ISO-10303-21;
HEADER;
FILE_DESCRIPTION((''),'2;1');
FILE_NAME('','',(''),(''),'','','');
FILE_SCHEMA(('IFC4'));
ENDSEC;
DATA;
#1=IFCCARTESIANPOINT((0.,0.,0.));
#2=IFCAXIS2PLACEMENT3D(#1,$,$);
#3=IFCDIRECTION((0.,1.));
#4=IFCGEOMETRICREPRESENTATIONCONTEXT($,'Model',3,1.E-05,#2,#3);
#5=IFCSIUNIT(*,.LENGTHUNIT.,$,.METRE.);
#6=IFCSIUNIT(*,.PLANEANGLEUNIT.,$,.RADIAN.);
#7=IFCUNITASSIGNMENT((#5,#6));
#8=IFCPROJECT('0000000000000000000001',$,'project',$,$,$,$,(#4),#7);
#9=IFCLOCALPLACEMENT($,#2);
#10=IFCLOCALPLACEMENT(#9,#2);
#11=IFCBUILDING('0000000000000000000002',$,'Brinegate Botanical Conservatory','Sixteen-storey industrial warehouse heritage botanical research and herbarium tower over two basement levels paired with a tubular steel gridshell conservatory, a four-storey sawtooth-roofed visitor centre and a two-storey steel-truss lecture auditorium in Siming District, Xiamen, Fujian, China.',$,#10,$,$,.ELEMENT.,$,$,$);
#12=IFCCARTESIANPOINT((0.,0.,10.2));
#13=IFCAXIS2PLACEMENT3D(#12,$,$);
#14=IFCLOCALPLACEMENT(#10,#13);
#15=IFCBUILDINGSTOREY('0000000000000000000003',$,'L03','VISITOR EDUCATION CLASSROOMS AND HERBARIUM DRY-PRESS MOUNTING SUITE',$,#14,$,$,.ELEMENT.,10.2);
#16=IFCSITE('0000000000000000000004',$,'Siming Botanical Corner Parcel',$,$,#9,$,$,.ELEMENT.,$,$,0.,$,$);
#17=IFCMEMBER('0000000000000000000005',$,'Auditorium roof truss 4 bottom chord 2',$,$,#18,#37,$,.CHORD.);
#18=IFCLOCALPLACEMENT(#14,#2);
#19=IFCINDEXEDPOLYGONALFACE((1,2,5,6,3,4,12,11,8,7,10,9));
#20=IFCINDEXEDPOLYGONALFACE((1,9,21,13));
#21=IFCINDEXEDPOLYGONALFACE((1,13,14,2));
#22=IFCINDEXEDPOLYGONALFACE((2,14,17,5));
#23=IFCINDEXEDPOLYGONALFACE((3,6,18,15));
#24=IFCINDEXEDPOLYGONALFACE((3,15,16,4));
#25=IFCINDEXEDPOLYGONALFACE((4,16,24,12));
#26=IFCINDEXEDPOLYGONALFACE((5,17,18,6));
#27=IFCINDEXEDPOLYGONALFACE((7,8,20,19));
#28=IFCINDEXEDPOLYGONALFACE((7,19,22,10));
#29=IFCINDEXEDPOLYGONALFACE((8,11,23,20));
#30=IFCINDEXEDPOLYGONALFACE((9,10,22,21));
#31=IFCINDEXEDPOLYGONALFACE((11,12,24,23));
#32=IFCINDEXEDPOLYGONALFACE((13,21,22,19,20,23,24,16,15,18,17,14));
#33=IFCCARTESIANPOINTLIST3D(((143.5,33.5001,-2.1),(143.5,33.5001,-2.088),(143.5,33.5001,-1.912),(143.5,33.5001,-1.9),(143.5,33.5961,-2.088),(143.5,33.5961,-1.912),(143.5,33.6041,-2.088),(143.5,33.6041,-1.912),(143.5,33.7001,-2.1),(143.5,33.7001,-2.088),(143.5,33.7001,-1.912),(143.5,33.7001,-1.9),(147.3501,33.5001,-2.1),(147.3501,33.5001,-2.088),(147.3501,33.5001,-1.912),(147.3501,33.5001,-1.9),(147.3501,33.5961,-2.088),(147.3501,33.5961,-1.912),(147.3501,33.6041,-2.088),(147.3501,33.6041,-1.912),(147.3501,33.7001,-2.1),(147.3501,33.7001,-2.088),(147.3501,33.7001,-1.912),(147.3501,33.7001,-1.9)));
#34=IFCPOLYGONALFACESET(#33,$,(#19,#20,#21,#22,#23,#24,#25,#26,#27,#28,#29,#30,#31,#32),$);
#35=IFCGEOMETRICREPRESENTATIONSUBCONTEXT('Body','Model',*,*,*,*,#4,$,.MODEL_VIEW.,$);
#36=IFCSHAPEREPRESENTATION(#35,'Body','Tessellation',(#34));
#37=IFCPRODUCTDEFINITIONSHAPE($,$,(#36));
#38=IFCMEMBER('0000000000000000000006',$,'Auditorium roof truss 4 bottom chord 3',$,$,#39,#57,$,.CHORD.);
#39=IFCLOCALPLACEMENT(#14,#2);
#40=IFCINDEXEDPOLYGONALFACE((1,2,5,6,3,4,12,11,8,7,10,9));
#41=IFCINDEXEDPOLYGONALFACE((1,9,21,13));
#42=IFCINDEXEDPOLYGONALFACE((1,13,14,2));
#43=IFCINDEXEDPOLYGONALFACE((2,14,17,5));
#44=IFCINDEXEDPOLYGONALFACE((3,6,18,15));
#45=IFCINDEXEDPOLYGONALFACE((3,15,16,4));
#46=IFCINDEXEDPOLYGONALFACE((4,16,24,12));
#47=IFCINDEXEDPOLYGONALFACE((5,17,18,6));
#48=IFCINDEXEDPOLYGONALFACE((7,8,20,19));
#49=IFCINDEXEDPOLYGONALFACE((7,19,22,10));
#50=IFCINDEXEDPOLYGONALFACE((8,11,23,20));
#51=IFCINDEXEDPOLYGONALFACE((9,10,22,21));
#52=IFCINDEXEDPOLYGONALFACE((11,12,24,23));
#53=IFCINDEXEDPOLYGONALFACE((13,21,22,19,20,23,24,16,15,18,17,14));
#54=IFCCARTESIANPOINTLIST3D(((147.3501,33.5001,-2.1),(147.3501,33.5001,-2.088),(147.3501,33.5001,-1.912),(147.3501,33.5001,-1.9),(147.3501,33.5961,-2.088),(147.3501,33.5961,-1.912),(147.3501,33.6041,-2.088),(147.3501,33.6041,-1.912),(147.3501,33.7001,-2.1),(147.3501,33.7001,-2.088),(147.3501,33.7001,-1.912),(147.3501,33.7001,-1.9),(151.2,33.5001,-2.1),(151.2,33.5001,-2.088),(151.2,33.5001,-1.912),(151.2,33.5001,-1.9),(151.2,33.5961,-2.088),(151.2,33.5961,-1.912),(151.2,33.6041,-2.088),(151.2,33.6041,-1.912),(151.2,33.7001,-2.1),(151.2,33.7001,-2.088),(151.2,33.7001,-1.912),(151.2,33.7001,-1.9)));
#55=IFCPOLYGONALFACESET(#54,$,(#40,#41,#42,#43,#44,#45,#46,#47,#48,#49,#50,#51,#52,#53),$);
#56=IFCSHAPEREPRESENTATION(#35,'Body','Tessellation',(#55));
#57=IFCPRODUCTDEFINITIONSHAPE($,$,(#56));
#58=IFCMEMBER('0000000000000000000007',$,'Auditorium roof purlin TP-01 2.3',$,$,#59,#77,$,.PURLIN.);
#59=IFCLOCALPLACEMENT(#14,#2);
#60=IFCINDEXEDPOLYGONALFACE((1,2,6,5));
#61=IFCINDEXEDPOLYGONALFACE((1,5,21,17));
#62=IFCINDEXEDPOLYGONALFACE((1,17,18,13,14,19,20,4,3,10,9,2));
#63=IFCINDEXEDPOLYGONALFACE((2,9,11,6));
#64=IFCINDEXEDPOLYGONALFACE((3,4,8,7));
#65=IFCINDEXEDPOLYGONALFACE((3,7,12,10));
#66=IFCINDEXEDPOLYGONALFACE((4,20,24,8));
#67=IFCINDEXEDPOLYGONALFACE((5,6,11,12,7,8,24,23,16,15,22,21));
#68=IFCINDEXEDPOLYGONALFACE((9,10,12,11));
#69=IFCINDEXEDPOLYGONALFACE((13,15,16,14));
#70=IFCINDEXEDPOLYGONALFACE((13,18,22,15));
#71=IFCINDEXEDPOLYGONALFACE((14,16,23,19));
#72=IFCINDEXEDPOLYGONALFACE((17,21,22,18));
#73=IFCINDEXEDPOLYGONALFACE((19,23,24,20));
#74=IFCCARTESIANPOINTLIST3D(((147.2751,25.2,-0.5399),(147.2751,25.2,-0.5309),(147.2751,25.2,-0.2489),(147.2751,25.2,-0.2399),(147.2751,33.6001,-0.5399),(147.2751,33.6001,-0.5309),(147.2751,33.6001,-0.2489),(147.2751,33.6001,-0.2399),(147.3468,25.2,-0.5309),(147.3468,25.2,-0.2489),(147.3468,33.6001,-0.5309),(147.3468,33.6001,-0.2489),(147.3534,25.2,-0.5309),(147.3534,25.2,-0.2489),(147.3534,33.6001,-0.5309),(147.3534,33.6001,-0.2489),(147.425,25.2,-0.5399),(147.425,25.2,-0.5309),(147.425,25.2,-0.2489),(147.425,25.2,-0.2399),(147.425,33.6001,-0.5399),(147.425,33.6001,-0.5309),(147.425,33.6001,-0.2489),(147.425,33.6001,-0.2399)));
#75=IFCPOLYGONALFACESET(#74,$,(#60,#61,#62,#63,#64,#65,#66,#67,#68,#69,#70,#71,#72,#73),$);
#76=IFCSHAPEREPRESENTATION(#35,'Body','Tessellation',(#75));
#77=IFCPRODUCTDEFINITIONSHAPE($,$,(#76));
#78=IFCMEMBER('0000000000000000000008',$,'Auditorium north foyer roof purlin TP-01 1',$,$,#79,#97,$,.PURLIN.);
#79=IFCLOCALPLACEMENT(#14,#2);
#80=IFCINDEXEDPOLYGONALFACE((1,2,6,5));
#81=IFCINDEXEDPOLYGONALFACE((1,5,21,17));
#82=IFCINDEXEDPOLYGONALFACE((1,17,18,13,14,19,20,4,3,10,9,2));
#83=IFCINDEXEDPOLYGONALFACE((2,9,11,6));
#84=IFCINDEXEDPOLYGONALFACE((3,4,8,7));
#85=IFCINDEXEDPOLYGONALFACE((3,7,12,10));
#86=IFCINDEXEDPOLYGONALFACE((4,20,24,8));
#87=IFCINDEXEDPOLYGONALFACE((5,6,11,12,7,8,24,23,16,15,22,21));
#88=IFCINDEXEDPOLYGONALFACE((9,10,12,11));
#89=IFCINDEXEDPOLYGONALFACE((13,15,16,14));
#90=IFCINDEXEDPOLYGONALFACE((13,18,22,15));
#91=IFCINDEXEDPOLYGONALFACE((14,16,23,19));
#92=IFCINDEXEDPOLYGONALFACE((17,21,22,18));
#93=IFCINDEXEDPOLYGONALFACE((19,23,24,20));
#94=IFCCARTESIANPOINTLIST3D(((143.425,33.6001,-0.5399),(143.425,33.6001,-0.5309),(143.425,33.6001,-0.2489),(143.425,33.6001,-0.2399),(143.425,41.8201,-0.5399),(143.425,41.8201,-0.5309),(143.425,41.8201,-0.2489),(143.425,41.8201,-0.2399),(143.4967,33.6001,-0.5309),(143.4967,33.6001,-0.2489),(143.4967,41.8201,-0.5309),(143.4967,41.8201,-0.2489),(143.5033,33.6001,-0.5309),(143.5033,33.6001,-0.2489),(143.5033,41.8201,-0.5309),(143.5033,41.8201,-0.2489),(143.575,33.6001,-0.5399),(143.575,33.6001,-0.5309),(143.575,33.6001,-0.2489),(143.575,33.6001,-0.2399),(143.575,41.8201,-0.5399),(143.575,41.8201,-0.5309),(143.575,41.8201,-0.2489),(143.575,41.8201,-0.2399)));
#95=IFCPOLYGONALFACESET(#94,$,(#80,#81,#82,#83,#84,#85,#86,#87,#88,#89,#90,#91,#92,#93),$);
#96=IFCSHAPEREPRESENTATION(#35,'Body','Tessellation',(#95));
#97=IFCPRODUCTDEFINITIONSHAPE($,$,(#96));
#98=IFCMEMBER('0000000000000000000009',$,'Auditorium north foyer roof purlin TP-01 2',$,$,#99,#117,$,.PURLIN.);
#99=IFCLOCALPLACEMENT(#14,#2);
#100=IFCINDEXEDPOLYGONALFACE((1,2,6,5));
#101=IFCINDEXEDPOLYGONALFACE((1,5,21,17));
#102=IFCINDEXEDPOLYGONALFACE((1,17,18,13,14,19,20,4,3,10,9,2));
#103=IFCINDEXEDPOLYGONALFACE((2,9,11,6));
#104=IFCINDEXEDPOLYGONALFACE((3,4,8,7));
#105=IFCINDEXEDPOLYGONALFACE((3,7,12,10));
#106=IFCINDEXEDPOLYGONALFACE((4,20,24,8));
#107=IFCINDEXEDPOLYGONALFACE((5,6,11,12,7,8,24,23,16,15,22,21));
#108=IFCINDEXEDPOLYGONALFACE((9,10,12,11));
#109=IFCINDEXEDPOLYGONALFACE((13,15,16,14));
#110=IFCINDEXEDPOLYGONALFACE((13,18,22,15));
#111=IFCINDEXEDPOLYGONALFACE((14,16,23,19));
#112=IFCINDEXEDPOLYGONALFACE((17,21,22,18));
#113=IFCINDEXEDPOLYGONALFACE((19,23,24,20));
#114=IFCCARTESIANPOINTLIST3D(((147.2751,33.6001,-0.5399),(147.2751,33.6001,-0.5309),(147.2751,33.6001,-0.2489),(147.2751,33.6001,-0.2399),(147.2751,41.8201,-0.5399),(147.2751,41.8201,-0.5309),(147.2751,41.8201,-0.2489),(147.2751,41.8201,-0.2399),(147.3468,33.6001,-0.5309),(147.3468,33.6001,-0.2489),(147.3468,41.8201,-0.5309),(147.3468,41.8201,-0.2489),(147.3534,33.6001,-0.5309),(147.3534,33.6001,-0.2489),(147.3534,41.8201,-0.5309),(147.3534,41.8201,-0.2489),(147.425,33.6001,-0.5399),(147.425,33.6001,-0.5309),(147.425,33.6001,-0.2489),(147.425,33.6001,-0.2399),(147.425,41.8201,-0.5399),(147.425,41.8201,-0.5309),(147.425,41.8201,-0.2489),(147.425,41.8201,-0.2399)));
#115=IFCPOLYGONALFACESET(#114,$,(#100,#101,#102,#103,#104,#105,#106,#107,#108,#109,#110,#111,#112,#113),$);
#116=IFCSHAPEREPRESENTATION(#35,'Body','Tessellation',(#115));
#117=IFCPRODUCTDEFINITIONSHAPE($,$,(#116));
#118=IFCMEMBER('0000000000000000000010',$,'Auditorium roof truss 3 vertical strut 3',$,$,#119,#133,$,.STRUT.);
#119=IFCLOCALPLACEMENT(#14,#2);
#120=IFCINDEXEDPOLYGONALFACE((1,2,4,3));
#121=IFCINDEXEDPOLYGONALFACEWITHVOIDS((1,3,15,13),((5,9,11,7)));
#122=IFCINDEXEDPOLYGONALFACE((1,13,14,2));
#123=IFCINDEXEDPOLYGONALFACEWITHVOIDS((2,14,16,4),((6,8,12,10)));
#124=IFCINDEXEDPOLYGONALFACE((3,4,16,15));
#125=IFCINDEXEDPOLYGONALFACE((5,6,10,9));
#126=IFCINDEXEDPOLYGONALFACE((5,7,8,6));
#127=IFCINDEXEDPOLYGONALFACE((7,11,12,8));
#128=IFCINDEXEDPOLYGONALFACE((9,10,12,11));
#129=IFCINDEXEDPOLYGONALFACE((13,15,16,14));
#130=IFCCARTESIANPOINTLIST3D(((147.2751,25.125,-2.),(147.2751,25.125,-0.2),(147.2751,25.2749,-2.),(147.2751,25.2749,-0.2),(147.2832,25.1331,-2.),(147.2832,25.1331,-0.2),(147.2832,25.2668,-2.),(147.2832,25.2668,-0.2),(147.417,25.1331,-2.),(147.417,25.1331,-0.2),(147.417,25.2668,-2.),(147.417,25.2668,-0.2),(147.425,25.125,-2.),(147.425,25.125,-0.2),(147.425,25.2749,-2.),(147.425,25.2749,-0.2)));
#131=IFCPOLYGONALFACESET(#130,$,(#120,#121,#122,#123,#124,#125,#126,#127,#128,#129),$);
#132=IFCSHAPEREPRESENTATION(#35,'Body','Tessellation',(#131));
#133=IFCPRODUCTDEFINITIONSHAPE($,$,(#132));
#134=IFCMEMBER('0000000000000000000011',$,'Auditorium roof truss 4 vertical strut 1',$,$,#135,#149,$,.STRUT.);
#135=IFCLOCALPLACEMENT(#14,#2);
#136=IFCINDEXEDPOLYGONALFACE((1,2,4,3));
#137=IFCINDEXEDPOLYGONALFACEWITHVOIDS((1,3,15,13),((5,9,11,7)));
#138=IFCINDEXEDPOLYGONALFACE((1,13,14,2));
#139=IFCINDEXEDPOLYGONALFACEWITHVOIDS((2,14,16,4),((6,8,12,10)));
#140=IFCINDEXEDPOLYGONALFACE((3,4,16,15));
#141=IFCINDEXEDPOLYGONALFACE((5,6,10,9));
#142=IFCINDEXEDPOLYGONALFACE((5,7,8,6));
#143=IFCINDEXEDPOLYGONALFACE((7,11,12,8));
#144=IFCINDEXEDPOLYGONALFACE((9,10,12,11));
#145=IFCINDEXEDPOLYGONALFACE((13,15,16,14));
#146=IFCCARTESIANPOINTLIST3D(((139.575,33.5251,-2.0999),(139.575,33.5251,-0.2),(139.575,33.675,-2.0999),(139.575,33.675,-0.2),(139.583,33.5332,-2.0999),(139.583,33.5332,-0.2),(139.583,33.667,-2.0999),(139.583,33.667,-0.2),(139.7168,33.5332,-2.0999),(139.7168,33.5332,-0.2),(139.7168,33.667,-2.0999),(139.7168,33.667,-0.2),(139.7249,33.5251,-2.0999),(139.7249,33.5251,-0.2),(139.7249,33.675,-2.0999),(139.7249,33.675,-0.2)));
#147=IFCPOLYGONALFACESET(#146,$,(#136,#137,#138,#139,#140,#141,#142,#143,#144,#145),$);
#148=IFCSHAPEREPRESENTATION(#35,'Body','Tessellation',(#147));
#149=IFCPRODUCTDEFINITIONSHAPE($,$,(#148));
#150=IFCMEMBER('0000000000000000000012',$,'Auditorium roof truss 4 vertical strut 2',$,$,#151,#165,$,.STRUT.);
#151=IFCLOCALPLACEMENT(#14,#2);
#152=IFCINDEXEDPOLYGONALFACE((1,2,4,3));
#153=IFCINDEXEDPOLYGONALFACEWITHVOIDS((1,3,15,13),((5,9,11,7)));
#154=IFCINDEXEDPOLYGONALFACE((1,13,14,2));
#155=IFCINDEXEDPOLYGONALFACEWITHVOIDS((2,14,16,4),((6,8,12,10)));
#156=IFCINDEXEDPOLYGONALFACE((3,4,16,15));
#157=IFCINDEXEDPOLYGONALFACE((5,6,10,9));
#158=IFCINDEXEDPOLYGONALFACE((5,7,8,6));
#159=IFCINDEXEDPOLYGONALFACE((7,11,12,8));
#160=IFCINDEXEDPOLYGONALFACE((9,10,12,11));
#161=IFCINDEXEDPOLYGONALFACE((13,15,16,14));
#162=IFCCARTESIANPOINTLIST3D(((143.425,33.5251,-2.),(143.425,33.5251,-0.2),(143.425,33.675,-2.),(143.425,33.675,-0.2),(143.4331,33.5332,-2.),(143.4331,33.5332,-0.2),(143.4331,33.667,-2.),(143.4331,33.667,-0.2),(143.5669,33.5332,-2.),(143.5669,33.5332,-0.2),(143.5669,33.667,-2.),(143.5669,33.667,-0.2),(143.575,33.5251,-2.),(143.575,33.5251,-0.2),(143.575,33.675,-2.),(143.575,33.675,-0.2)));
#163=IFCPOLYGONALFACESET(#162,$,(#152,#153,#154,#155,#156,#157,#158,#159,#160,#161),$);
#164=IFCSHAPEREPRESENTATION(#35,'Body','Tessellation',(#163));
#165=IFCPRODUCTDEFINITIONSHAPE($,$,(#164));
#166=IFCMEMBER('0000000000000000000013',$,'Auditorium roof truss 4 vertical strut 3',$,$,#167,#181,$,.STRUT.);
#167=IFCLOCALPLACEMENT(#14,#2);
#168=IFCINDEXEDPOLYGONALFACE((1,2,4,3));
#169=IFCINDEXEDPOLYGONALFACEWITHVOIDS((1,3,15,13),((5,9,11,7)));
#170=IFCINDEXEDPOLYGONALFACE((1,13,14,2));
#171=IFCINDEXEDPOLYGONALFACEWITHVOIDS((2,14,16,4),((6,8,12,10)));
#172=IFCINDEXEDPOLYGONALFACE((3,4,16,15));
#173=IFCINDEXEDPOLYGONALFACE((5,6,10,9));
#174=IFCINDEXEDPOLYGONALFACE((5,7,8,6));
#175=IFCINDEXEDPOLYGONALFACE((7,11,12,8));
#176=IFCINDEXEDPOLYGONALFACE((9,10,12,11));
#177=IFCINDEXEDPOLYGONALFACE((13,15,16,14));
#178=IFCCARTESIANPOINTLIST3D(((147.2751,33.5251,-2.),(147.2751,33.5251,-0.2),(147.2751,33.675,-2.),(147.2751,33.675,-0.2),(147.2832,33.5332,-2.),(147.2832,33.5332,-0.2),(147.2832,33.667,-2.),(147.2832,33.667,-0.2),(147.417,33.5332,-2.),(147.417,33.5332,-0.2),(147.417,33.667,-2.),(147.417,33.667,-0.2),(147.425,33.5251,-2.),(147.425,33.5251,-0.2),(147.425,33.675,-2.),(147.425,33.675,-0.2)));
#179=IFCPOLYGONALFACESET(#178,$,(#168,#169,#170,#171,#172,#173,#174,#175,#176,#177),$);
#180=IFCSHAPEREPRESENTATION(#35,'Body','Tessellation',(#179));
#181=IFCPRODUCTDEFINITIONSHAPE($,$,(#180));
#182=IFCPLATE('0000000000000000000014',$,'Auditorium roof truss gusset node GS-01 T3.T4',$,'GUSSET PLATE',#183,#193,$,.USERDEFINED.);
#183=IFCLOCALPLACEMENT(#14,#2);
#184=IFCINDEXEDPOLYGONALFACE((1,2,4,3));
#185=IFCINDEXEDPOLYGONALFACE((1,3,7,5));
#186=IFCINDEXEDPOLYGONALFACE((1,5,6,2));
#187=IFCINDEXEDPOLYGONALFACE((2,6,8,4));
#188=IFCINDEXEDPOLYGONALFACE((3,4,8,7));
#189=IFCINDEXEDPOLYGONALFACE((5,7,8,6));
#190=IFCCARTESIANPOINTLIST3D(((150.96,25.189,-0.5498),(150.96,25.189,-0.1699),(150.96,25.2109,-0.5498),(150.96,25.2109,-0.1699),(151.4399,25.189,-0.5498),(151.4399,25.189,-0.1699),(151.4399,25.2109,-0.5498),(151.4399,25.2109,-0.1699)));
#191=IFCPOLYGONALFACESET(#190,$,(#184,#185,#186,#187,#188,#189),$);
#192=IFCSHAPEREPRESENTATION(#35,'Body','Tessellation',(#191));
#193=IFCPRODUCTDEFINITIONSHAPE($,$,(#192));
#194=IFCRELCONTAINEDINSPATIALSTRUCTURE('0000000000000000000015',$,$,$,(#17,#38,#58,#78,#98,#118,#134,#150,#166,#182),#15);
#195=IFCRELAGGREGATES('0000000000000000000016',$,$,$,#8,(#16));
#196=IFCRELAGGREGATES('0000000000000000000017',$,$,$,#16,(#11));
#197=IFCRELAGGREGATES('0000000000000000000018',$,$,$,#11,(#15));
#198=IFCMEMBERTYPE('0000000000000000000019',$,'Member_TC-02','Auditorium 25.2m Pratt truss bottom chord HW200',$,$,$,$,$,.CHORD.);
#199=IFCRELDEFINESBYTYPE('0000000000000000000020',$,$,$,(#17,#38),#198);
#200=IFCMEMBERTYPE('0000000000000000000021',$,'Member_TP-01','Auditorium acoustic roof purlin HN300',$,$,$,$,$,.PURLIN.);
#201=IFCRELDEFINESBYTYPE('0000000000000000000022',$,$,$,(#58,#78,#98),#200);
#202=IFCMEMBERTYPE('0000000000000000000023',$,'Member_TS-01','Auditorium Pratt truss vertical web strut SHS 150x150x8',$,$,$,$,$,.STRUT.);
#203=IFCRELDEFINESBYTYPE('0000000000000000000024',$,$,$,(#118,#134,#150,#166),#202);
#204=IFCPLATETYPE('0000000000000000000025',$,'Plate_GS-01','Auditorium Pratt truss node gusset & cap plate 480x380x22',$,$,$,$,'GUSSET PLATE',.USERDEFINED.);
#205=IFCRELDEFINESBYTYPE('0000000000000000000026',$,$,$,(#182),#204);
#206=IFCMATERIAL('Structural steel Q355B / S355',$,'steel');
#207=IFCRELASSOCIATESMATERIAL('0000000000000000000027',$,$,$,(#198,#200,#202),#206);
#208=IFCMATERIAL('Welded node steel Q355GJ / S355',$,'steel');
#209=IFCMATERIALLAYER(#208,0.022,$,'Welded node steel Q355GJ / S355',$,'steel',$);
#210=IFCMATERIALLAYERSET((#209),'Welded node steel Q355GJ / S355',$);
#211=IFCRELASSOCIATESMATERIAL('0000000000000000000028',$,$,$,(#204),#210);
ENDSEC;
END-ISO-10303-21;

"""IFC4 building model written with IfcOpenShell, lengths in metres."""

from ifc_helpers import new_model, si_unit, direction, frame, origin, origin_2d, place, context, subcontext, project, spatial, rectangle, hollow_rectangle, i_section, extrude, material, layer, layer_set, material_profile, profile_set, type_object, element, save


model = new_model("IFC4")

# Units and contexts
model_context = context("Model", 3, precision=1e-05, world=origin(), true_north=direction((0.0, 1.0)))
body_context = subcontext(model_context, "Body", "Model", "MODEL_VIEW")
ifc_project = project(units=[si_unit("LENGTHUNIT", "METRE"), si_unit("PLANEANGLEUNIT", "RADIAN")], contexts=[model_context])

# Site, building, storey
site_placement = place(None, origin())
site = spatial("IfcSite", under=ifc_project, at=site_placement, Name="Siming Botanical Corner Parcel", CompositionType="ELEMENT", RefElevation=0.0)
building_placement = place(site_placement, origin())
building = spatial("IfcBuilding", under=site, at=building_placement, Name="Brinegate Botanical Conservatory", Description="Sixteen-storey industrial warehouse heritage botanical research and herbarium tower over two basement levels paired with a tubular steel gridshell conservatory, a four-storey sawtooth-roofed visitor centre and a two-storey steel-truss lecture auditorium in Siming District, Xiamen, Fujian, China.", CompositionType="ELEMENT")
storey_placement = place(building_placement, frame((0.0, 0.0, 10.2)))
storey = spatial("IfcBuildingStorey", under=building, at=storey_placement, Name="L03", Description="VISITOR EDUCATION CLASSROOMS AND HERBARIUM DRY-PRESS MOUNTING SUITE", CompositionType="ELEMENT", Elevation=10.2)

# Members
ifc_material_1 = material(Name="Structural steel Q355B / S355", Category="steel")
ifc_material_profile_1 = material_profile(ifc_material_1, i_section(OverallWidth=0.2, OverallDepth=0.2, WebThickness=0.0081, FlangeThickness=0.012, at=origin_2d()), Name="HW 200x200x8x12")
ifc_profile_set_1 = profile_set([ifc_material_profile_1], Name="Structural steel Q355B / S355")
member_type_1 = type_object("IfcMemberType", Name="Member_TC-02", Description="Auditorium 25.2m Pratt truss bottom chord HW200", PredefinedType="CHORD", material=ifc_profile_set_1)
for number, where, z_axis, x_axis, name in (
    (1, (143.5, 33.6001, -2.0), (1.0, 0.0, 0.0), (0.0, 1.0, 0.0), "Auditorium roof truss 4 bottom chord 2"),
):
    element("IfcMember", number, at=place(storey_placement, frame(where, z_axis=z_axis, x_axis=x_axis)), inside=storey, type_object=member_type_1, Name=name, PredefinedType="CHORD", context=body_context, shape_type="SweptSolid", body=[
        extrude(i_section(OverallWidth=0.2, OverallDepth=0.2, WebThickness=0.0081, FlangeThickness=0.012, at=origin_2d()), origin(), (0.0, 0.0, 1.0), 3.8501),
    ])
member_1_placement = place(storey_placement, frame((147.3501, 33.6001, -2.0), z_axis=(1.0, 0.0, 0.0), x_axis=(0.0, 1.0, 0.0)))
element("IfcMember", 2, at=member_1_placement, inside=storey, type_object=member_type_1, Name="Auditorium roof truss 4 bottom chord 3", PredefinedType="CHORD", context=body_context, shape_type="SweptSolid", body=[
    extrude(i_section(OverallWidth=0.2, OverallDepth=0.2, WebThickness=0.0081, FlangeThickness=0.012, at=origin_2d()), origin(), (0.0, 0.0, 1.0), 3.8499),
])
ifc_material_profile_2 = material_profile(ifc_material_1, i_section(OverallWidth=0.1499, OverallDepth=0.3, WebThickness=0.0066, FlangeThickness=0.009, at=origin_2d()), Name="HN 300x150x6.5x9")
ifc_profile_set_2 = profile_set([ifc_material_profile_2], Name="Structural steel Q355B / S355")
member_type_2 = type_object("IfcMemberType", Name="Member_TP-01", Description="Auditorium acoustic roof purlin HN300", PredefinedType="PURLIN", material=ifc_profile_set_2)
member_2_placement = place(storey_placement, frame((147.3501, 25.2, -0.3899), z_axis=(0.0, 1.0, 0.0), x_axis=(-1.0, 0.0, 0.0)))
element("IfcMember", 3, at=member_2_placement, inside=storey, type_object=member_type_2, Name="Auditorium roof purlin TP-01 2.3", PredefinedType="PURLIN", context=body_context, shape_type="SweptSolid", body=[
    extrude(i_section(OverallWidth=0.1499, OverallDepth=0.3, WebThickness=0.0066, FlangeThickness=0.009, at=origin_2d()), origin(), (0.0, 0.0, 1.0), 8.4001),
])
for number, where, z_axis, x_axis, name in (
    (4, (143.5, 33.6001, -0.3899), (0.0, 1.0, 0.0), (-1.0, 0.0, 0.0), "Auditorium north foyer roof purlin TP-01 1"),
    (5, (147.3501, 33.6001, -0.3899), (0.0, 1.0, 0.0), (-1.0, 0.0, 0.0), "Auditorium north foyer roof purlin TP-01 2"),
):
    element("IfcMember", number, at=place(storey_placement, frame(where, z_axis=z_axis, x_axis=x_axis)), inside=storey, type_object=member_type_2, Name=name, PredefinedType="PURLIN", context=body_context, shape_type="SweptSolid", body=[
        extrude(i_section(OverallWidth=0.1499, OverallDepth=0.3, WebThickness=0.0066, FlangeThickness=0.009, at=origin_2d()), origin(), (0.0, 0.0, 1.0), 8.22),
    ])
ifc_material_profile_3 = material_profile(ifc_material_1, hollow_rectangle(XDim=0.1499, YDim=0.1499, WallThickness=0.0081, at=origin_2d()), Name="SHS 150x150x8")
ifc_profile_set_3 = profile_set([ifc_material_profile_3], Name="Structural steel Q355B / S355")
member_type_3 = type_object("IfcMemberType", Name="Member_TS-01", Description="Auditorium Pratt truss vertical web strut SHS 150x150x8", PredefinedType="STRUT", material=ifc_profile_set_3)
member_3_placement = place(storey_placement, frame((147.3501, 25.2, -2.0), z_axis=(0.0, 0.0, 1.0), x_axis=(1.0, 0.0, 0.0)))
element("IfcMember", 6, at=member_3_placement, inside=storey, type_object=member_type_3, Name="Auditorium roof truss 3 vertical strut 3", PredefinedType="STRUT", context=body_context, shape_type="SweptSolid", body=[
    extrude(hollow_rectangle(XDim=0.1499, YDim=0.1499, WallThickness=0.0081, at=origin_2d()), origin(), (0.0, 0.0, 1.0), 1.8),
])
member_4_placement = place(storey_placement, frame((139.6499, 33.6001, -2.0999), z_axis=(0.0, 0.0, 1.0), x_axis=(1.0, 0.0, 0.0)))
element("IfcMember", 7, at=member_4_placement, inside=storey, type_object=member_type_3, Name="Auditorium roof truss 4 vertical strut 1", PredefinedType="STRUT", context=body_context, shape_type="SweptSolid", body=[
    extrude(hollow_rectangle(XDim=0.1499, YDim=0.1499, WallThickness=0.0081, at=origin_2d()), origin(), (0.0, 0.0, 1.0), 1.8999),
])
for number, where, z_axis, x_axis, name in (
    (8, (143.5, 33.6001, -2.0), (0.0, 0.0, 1.0), (1.0, 0.0, 0.0), "Auditorium roof truss 4 vertical strut 2"),
    (9, (147.3501, 33.6001, -2.0), (0.0, 0.0, 1.0), (1.0, 0.0, 0.0), "Auditorium roof truss 4 vertical strut 3"),
):
    element("IfcMember", number, at=place(storey_placement, frame(where, z_axis=z_axis, x_axis=x_axis)), inside=storey, type_object=member_type_3, Name=name, PredefinedType="STRUT", context=body_context, shape_type="SweptSolid", body=[
        extrude(hollow_rectangle(XDim=0.1499, YDim=0.1499, WallThickness=0.0081, at=origin_2d()), origin(), (0.0, 0.0, 1.0), 1.8),
    ])

# Plate
ifc_material_2 = material(Name="Welded node steel Q355GJ / S355", Category="steel")
ifc_layer = layer(ifc_material_2, 0.022, Name="Welded node steel Q355GJ / S355", Category="steel")
ifc_layer_set = layer_set([ifc_layer], Name="Welded node steel Q355GJ / S355")
plate_type = type_object("IfcPlateType", Name="Plate_GS-01", Description="Auditorium Pratt truss node gusset & cap plate 480x380x22", ElementType="GUSSET PLATE", PredefinedType="USERDEFINED", material=ifc_layer_set)
for number, where, z_axis, x_axis, name in (
    (10, (151.2, 25.2, -0.5498), (0.0, 0.0, 1.0), (1.0, 0.0, 0.0), "Auditorium roof truss gusset node GS-01 T3.T4"),
):
    element("IfcPlate", number, at=place(storey_placement, frame(where, z_axis=z_axis, x_axis=x_axis)), inside=storey, type_object=plate_type, Name=name, ObjectType="GUSSET PLATE", PredefinedType="USERDEFINED", context=body_context, shape_type="SweptSolid", body=[
        extrude(rectangle(XDim=0.48, YDim=0.022, at=origin_2d()), origin(), (0.0, 0.0, 1.0), 0.3799),
    ])

save(model, "model.ifc")
